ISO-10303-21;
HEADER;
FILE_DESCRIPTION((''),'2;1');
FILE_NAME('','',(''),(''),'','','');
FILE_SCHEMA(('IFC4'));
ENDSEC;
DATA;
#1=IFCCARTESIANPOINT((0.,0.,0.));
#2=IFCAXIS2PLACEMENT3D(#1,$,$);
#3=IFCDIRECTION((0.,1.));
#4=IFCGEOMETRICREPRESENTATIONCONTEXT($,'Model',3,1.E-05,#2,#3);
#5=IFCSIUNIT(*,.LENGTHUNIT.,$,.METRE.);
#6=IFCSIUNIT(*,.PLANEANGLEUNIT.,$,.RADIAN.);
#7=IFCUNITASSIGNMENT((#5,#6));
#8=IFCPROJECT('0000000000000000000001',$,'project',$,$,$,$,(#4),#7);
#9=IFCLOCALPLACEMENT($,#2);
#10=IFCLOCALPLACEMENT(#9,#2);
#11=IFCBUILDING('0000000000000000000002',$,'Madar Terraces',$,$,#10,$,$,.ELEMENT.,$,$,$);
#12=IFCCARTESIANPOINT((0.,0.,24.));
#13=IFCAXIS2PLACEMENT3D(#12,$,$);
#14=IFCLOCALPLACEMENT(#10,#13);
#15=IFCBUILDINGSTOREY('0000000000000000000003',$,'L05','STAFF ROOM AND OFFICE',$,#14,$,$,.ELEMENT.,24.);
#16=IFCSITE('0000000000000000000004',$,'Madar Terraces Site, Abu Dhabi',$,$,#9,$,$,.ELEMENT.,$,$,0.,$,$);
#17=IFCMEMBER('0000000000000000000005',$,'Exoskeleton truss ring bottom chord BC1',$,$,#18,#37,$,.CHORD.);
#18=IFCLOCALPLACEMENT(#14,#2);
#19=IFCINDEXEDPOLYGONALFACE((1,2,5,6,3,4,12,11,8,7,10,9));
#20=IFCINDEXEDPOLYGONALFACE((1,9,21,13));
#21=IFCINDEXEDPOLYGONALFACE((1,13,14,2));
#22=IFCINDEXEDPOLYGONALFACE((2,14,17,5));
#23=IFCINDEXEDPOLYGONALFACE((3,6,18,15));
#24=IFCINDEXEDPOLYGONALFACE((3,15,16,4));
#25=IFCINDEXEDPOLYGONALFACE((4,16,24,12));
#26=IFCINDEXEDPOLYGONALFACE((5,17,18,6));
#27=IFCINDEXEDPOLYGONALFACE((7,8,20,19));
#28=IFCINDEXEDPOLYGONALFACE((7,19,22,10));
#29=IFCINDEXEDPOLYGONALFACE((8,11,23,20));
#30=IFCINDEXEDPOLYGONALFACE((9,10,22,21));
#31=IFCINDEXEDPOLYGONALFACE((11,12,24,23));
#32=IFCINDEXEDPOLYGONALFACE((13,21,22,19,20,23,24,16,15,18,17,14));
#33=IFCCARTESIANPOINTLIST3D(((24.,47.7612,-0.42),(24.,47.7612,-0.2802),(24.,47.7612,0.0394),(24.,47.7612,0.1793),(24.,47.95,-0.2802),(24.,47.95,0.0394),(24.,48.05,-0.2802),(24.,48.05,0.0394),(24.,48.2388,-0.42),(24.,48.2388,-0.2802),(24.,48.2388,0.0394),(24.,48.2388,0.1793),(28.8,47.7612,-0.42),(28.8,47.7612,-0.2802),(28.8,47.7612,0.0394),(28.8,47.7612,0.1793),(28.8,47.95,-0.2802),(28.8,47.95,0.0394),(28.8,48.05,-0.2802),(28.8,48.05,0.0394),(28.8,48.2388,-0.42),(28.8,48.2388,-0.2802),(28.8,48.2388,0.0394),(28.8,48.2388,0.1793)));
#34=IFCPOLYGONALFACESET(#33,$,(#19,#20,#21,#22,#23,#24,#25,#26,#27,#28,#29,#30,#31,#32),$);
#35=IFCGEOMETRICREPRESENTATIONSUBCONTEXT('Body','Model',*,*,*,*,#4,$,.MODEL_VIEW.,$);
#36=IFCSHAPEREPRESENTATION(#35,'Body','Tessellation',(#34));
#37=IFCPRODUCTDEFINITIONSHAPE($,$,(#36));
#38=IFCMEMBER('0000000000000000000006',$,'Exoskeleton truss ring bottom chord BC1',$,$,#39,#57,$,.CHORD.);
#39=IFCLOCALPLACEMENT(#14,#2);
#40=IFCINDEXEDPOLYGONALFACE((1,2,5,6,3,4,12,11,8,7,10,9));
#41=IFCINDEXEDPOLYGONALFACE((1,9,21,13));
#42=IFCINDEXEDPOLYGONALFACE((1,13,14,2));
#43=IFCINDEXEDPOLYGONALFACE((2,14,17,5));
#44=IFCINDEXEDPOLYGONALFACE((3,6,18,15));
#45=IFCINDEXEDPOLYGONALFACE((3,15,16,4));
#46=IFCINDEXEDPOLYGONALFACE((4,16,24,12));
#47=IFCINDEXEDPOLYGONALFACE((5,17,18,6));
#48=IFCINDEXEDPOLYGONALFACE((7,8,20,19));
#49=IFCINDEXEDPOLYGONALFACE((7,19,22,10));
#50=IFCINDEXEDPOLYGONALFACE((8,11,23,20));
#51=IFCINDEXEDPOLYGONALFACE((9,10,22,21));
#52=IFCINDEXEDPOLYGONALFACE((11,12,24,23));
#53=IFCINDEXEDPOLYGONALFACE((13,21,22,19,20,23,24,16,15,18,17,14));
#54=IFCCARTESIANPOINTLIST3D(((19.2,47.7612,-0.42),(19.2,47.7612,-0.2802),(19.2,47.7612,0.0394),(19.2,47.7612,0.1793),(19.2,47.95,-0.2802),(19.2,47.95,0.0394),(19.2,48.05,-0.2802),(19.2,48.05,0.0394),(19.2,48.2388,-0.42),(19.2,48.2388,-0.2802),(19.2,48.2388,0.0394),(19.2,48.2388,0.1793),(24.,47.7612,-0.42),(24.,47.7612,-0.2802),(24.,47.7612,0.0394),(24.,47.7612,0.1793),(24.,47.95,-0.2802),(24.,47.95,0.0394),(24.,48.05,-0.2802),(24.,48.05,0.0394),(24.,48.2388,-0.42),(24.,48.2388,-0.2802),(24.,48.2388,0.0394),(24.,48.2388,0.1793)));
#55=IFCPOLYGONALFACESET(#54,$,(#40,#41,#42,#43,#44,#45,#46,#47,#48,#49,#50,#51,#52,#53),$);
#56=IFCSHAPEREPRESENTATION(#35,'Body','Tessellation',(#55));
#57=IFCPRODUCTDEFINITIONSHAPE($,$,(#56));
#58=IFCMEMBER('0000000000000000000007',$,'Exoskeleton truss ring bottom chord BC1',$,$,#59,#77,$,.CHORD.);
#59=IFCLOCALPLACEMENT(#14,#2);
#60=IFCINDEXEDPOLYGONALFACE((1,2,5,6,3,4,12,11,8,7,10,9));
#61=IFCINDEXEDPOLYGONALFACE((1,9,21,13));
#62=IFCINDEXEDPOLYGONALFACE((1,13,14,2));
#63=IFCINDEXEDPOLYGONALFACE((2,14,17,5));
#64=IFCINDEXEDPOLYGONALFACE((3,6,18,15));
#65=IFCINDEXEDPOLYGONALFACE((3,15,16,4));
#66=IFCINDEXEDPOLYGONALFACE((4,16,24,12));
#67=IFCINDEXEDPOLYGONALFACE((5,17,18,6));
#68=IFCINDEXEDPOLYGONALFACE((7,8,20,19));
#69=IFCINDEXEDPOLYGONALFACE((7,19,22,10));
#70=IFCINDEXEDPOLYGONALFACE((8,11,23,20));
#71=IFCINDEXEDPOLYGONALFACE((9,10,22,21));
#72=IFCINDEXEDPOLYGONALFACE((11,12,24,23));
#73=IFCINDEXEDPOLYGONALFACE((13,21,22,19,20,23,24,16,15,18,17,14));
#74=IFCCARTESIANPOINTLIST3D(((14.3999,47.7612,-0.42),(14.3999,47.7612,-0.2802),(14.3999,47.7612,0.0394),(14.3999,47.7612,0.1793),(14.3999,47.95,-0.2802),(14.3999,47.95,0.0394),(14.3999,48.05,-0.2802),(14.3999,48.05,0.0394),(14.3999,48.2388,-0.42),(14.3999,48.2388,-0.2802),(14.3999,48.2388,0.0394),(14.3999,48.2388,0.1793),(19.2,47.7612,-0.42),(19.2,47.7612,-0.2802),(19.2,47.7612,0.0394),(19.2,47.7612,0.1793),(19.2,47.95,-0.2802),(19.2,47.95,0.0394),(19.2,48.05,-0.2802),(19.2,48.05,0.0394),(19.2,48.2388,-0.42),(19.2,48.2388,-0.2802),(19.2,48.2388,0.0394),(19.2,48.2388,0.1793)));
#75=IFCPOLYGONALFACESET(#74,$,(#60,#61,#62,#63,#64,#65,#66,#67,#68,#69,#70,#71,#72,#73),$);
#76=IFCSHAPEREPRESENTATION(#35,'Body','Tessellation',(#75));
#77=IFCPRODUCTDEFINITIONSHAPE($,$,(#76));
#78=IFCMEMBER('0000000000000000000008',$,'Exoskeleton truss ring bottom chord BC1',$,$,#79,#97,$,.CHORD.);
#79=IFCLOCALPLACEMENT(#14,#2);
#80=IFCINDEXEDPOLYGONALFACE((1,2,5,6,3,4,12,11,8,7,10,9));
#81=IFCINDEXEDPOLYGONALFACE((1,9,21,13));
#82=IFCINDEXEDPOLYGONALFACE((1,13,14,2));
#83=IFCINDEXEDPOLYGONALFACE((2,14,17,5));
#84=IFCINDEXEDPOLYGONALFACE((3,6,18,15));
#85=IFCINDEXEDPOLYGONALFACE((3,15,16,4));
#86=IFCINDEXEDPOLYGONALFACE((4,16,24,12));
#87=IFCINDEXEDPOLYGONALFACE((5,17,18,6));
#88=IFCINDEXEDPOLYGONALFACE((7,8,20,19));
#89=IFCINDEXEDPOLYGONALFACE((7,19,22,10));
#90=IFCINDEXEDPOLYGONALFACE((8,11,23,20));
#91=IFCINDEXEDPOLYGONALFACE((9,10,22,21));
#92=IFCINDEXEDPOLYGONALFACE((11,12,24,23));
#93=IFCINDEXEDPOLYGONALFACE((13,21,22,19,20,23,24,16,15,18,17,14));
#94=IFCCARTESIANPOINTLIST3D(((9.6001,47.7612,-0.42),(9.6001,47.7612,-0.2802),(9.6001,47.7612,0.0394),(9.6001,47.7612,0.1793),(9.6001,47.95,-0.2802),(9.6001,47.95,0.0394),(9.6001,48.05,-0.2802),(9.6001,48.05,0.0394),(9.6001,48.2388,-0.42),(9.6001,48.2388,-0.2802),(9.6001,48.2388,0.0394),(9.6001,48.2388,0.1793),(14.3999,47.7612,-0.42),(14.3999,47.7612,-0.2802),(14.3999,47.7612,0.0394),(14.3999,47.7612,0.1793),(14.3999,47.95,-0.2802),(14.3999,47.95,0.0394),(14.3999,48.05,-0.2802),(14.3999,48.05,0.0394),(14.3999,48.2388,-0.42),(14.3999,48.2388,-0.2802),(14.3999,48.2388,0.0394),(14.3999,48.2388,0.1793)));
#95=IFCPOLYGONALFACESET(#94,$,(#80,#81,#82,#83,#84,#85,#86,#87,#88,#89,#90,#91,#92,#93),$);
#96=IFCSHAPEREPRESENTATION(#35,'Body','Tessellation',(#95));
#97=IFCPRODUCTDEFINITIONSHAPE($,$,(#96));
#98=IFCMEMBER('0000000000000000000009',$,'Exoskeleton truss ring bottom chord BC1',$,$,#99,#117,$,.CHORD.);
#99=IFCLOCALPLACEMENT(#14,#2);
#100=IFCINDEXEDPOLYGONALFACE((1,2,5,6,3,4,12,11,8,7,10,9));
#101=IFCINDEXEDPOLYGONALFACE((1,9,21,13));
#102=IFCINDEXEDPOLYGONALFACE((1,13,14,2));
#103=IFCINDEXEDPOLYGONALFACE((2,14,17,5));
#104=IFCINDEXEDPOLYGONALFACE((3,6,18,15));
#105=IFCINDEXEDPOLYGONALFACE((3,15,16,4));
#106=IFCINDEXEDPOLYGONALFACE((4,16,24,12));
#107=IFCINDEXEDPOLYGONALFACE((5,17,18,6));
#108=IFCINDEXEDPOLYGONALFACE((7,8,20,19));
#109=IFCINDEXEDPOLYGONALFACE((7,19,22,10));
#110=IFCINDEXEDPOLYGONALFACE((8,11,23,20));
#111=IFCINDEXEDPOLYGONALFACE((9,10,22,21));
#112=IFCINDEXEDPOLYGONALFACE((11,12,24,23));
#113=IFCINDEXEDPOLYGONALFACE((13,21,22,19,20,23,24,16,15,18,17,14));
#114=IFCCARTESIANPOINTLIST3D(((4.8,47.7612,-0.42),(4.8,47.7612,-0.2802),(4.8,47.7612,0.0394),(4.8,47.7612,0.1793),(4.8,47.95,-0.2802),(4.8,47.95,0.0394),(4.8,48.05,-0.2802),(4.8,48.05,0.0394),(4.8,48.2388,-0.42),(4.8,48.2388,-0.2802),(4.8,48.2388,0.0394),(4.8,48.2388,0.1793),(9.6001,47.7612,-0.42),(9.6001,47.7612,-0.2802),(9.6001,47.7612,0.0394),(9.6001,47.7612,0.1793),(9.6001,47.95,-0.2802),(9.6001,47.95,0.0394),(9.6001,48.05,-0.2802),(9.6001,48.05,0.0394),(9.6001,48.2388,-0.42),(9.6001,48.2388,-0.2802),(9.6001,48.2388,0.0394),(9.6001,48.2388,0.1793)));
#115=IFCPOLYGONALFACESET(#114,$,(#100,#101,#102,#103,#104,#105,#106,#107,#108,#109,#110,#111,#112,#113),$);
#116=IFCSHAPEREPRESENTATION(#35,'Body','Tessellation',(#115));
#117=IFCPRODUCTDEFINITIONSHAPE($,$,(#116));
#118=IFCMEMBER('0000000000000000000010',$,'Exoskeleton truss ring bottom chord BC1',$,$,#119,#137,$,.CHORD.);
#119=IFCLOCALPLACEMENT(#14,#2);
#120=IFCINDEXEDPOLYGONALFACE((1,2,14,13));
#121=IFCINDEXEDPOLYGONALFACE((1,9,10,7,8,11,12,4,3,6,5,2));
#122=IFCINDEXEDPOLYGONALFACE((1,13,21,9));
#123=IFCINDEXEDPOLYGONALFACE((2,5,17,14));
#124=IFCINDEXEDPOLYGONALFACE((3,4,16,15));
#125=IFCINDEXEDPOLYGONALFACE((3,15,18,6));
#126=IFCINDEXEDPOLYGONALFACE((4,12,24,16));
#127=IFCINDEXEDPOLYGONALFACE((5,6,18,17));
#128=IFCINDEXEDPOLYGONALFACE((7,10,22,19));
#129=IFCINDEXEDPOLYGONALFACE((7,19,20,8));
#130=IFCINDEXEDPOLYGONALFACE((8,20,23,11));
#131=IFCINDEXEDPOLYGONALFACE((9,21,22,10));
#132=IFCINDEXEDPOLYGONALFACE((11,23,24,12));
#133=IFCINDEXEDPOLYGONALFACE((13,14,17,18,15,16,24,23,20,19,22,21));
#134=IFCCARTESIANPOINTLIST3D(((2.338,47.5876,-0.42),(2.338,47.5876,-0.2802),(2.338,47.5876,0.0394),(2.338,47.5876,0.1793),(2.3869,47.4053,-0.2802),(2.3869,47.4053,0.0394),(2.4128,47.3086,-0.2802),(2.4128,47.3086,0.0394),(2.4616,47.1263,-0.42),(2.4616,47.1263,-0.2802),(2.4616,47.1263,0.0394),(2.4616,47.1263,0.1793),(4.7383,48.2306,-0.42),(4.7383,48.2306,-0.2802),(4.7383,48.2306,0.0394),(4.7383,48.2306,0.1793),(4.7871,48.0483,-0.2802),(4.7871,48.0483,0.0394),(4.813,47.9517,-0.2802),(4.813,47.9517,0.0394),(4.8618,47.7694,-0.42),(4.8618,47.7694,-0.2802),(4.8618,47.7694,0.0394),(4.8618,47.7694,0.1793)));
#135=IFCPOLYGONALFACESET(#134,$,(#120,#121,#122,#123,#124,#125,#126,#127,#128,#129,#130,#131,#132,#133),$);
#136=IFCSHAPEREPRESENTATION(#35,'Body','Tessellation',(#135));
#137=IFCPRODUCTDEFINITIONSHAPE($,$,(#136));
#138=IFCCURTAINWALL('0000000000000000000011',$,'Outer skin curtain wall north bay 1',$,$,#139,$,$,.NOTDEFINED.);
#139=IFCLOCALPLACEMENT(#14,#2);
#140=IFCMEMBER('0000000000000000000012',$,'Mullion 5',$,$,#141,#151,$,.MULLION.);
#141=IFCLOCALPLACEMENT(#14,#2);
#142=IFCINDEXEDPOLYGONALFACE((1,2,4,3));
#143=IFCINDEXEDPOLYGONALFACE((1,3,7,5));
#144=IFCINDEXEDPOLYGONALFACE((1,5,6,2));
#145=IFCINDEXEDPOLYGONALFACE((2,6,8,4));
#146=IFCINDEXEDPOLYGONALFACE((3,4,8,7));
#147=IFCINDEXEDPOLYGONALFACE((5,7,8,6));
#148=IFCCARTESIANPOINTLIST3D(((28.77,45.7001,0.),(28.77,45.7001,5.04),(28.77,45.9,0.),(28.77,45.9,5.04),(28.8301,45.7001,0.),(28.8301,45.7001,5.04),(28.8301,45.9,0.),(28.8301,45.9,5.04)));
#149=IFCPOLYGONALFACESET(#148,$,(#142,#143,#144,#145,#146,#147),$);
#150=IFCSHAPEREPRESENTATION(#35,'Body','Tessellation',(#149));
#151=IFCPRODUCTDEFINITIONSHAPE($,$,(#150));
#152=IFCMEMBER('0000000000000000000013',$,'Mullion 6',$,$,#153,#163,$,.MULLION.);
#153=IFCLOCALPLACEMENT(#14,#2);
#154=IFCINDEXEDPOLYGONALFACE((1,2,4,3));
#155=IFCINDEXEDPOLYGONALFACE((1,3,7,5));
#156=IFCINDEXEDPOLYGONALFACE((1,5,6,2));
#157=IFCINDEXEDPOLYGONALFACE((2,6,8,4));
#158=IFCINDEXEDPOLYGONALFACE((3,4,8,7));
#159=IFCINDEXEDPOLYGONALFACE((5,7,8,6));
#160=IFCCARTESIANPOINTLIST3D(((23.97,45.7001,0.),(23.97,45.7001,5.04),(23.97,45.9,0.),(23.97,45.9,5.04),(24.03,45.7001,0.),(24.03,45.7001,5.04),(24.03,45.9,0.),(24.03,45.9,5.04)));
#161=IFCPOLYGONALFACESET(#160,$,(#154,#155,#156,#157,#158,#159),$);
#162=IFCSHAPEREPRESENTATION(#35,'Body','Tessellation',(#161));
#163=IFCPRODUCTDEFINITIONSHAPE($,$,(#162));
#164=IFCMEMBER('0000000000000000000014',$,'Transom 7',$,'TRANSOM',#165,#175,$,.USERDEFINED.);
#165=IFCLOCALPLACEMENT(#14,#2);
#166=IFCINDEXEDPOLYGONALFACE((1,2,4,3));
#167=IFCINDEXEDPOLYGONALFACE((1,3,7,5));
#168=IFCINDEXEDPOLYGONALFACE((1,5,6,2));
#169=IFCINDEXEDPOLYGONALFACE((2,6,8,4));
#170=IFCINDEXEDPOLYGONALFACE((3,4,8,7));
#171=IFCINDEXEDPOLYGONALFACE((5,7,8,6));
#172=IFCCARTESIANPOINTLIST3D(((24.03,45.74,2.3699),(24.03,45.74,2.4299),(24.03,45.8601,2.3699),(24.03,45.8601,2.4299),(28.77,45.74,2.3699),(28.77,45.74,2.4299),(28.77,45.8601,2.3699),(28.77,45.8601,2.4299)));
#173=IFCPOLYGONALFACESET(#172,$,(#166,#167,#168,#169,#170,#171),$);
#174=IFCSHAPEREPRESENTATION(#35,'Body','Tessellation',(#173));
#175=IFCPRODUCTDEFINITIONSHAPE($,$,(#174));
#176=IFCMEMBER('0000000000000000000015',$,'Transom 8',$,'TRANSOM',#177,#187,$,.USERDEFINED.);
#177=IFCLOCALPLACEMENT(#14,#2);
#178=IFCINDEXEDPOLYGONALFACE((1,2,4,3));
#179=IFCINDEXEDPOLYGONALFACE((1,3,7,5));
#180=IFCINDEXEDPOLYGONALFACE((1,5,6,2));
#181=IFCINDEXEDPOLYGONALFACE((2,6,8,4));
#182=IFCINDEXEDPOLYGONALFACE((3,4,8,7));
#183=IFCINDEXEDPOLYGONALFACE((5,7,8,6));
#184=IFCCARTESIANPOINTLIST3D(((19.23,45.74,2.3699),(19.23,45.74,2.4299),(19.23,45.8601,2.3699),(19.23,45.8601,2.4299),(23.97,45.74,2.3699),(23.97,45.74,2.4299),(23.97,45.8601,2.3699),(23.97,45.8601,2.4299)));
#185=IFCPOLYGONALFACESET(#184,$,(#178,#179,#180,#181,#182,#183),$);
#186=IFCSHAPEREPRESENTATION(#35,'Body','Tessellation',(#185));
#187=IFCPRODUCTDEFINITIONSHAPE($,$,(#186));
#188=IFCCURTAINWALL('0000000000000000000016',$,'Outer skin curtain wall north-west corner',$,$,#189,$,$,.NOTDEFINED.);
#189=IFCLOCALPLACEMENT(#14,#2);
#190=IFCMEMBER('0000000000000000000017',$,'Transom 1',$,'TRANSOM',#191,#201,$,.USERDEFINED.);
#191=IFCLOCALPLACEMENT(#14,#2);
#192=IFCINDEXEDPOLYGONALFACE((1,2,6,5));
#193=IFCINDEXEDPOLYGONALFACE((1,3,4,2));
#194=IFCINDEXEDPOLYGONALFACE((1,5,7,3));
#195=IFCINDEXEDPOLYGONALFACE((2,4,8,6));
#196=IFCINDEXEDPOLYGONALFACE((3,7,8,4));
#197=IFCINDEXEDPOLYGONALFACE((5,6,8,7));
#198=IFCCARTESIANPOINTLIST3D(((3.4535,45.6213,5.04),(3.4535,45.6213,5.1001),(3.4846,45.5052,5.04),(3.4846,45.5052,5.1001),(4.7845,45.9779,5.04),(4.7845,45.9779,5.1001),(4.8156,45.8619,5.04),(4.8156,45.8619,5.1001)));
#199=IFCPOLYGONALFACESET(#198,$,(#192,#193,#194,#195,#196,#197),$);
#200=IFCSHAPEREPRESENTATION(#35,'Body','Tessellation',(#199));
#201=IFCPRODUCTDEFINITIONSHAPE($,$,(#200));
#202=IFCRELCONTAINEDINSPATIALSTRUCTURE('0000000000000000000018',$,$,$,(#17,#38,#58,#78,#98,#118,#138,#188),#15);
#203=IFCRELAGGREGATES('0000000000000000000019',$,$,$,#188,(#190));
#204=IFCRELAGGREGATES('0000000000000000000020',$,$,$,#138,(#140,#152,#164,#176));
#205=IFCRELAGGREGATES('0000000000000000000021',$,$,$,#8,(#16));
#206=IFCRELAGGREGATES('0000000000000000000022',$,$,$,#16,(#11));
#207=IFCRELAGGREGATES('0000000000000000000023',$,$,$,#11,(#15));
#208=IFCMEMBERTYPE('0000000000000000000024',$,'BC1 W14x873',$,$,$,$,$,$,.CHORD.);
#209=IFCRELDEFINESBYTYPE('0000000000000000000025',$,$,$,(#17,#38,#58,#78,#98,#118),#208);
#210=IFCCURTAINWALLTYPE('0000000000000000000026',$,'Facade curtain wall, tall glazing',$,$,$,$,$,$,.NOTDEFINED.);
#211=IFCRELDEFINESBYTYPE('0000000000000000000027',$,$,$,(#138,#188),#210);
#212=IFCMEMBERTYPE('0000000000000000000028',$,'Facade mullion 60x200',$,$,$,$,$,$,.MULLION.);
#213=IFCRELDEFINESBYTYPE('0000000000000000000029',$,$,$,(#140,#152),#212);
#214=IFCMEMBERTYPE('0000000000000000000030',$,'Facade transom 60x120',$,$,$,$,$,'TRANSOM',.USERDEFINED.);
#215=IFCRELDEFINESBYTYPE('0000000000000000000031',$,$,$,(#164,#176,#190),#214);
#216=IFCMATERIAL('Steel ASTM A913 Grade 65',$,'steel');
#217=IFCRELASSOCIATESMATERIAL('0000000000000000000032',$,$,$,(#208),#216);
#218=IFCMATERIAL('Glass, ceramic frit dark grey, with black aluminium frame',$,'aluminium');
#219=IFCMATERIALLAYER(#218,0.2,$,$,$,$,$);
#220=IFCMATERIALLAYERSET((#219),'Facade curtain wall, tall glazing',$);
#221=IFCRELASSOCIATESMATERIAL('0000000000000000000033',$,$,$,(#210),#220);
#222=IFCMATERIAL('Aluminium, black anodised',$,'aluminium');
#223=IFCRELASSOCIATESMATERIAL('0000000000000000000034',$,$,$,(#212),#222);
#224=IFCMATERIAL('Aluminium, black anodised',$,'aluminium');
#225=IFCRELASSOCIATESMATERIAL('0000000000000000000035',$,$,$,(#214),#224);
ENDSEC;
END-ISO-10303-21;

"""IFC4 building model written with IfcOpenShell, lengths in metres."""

from ifc_helpers import new_model, si_unit, direction, frame, origin, origin_2d, place, context, subcontext, project, spatial, rectangle, i_section, extrude, material, layer, layer_set, material_profile, profile_set, type_object, element, aggregate, save


model = new_model("IFC4")

# Units and contexts
model_context = context("Model", 3, precision=1e-05, world=origin(), true_north=direction((0.0, 1.0)))
body_context = subcontext(model_context, "Body", "Model", "MODEL_VIEW")
ifc_project = project(units=[si_unit("LENGTHUNIT", "METRE"), si_unit("PLANEANGLEUNIT", "RADIAN")], contexts=[model_context])

# Site, building, storey
site_placement = place(None, origin())
site = spatial("IfcSite", under=ifc_project, at=site_placement, Name="Madar Terraces Site, Abu Dhabi", CompositionType="ELEMENT", RefElevation=0.0)
building_placement = place(site_placement, origin())
building = spatial("IfcBuilding", under=site, at=building_placement, Name="Madar Terraces", CompositionType="ELEMENT")
storey_placement = place(building_placement, frame((0.0, 0.0, 24.0)))
storey = spatial("IfcBuildingStorey", under=building, at=storey_placement, Name="L05", Description="STAFF ROOM AND OFFICE", CompositionType="ELEMENT", Elevation=24.0)

# Members
ifc_material_1 = material(Name="Steel ASTM A913 Grade 65", Category="steel")
ifc_material_profile_1 = material_profile(ifc_material_1, i_section(OverallWidth=0.4775, OverallDepth=0.5994, WebThickness=0.1001, FlangeThickness=0.1399, at=origin_2d()), Name="W14x873")
ifc_profile_set_1 = profile_set([ifc_material_profile_1], Name="Steel ASTM A913 Grade 65")
member_type_1 = type_object("IfcMemberType", Name="BC1 W14x873", PredefinedType="CHORD", material=ifc_profile_set_1)
for number, where, z_axis, x_axis, name in (
    (1, (28.8, 48.0, -0.1204), (-1.0, 0.0, 0.0), (0.0, -1.0, 0.0), "Exoskeleton truss ring bottom chord BC1"),
    (2, (24.0, 48.0, -0.1204), (-1.0, 0.0, 0.0), (0.0, -1.0, 0.0), "Exoskeleton truss ring bottom chord BC1"),
    (3, (19.2, 48.0, -0.1204), (-1.0, 0.0, 0.0), (0.0, -1.0, 0.0), "Exoskeleton truss ring bottom chord BC1"),
):
    element("IfcMember", number, at=place(storey_placement, frame(where, z_axis=z_axis, x_axis=x_axis)), inside=storey, type_object=member_type_1, Name=name, PredefinedType="CHORD", context=body_context, shape_type="SweptSolid", body=[
        extrude(i_section(OverallWidth=0.4775, OverallDepth=0.5994, WebThickness=0.1001, FlangeThickness=0.1399, at=origin_2d()), origin(), (0.0, 0.0, 1.0), 4.8),
    ])
member_1_placement = place(storey_placement, frame((14.3999, 48.0, -0.1204), z_axis=(-1.0, 0.0, 0.0), x_axis=(0.0, -1.0, 0.0)))
element("IfcMember", 4, at=member_1_placement, inside=storey, type_object=member_type_1, Name="Exoskeleton truss ring bottom chord BC1", PredefinedType="CHORD", context=body_context, shape_type="SweptSolid", body=[
    extrude(i_section(OverallWidth=0.4775, OverallDepth=0.5994, WebThickness=0.1001, FlangeThickness=0.1399, at=origin_2d()), origin(), (0.0, 0.0, 1.0), 4.7998),
])
member_2_placement = place(storey_placement, frame((9.6001, 48.0, -0.1204), z_axis=(-1.0, 0.0, 0.0), x_axis=(0.0, -1.0, 0.0)))
element("IfcMember", 5, at=member_2_placement, inside=storey, type_object=member_type_1, Name="Exoskeleton truss ring bottom chord BC1", PredefinedType="CHORD", context=body_context, shape_type="SweptSolid", body=[
    extrude(i_section(OverallWidth=0.4775, OverallDepth=0.5994, WebThickness=0.1001, FlangeThickness=0.1399, at=origin_2d()), origin(), (0.0, 0.0, 1.0), 4.8),
])
member_3_placement = place(storey_placement, frame((4.8, 48.0, -0.1204), z_axis=(-0.965931, -0.2588, 0.0), x_axis=(0.2588, -0.965931, 0.0)))
element("IfcMember", 6, at=member_3_placement, inside=storey, type_object=member_type_1, Name="Exoskeleton truss ring bottom chord BC1", PredefinedType="CHORD", context=body_context, shape_type="SweptSolid", body=[
    extrude(i_section(OverallWidth=0.4775, OverallDepth=0.5994, WebThickness=0.1001, FlangeThickness=0.1399, at=origin_2d()), origin(), (0.0, 0.0, 1.0), 2.4849),
])

# Curtain walls, members
ifc_material_2 = material(Name="Glass, ceramic frit dark grey, with black aluminium frame", Category="aluminium")
ifc_layer_1 = layer(ifc_material_2, 0.2)
ifc_layer_set_1 = layer_set([ifc_layer_1], Name="Facade curtain wall, tall glazing")
curtain_wall_type = type_object("IfcCurtainWallType", Name="Facade curtain wall, tall glazing", PredefinedType="NOTDEFINED", material=ifc_layer_set_1)
curtain_wall_1_placement = place(storey_placement, origin())
curtain_wall_1 = element("IfcCurtainWall", 7, at=curtain_wall_1_placement, inside=storey, type_object=curtain_wall_type, Name="Outer skin curtain wall north bay 1", PredefinedType="NOTDEFINED")
ifc_material_3 = material(Name="Aluminium, black anodised", Category="aluminium")
ifc_material_profile_2 = material_profile(ifc_material_3, rectangle(XDim=0.2, YDim=0.0601, at=origin_2d()), Name="Facade mullion 60x200")
ifc_profile_set_2 = profile_set([ifc_material_profile_2], Name="Aluminium, black anodised")
member_type_2 = type_object("IfcMemberType", Name="Facade mullion 60x200", PredefinedType="MULLION", material=ifc_profile_set_2)
member_4_placement = place(storey_placement, frame((28.8, 45.8, 0.0), z_axis=(0.0, 0.0, 1.0), x_axis=(0.0, -1.0, 0.0)))
member_4 = element("IfcMember", 8, at=member_4_placement, type_object=member_type_2, Name="Mullion 5", PredefinedType="MULLION", context=body_context, shape_type="SweptSolid", body=[
    extrude(rectangle(XDim=0.2, YDim=0.0601, at=origin_2d()), origin(), (0.0, 0.0, 1.0), 5.04),
])
member_5_placement = place(storey_placement, frame((24.0, 45.8, 0.0), z_axis=(0.0, 0.0, 1.0), x_axis=(0.0, -1.0, 0.0)))
member_5 = element("IfcMember", 9, at=member_5_placement, type_object=member_type_2, Name="Mullion 6", PredefinedType="MULLION", context=body_context, shape_type="SweptSolid", body=[
    extrude(rectangle(XDim=0.2, YDim=0.0601, at=origin_2d()), origin(), (0.0, 0.0, 1.0), 5.04),
])
ifc_material_4 = material(Name="Aluminium, black anodised", Category="aluminium")
ifc_material_profile_3 = material_profile(ifc_material_4, rectangle(XDim=0.1201, YDim=0.0601, at=origin_2d()), Name="Facade transom 60x120")
ifc_profile_set_3 = profile_set([ifc_material_profile_3], Name="Aluminium, black anodised")
member_type_3 = type_object("IfcMemberType", Name="Facade transom 60x120", ElementType="TRANSOM", PredefinedType="USERDEFINED", material=ifc_profile_set_3)
member_6_placement = place(storey_placement, frame((28.77, 45.8, 2.3999), z_axis=(-1.0, 0.0, 0.0), x_axis=(0.0, -1.0, 0.0)))
member_6 = element("IfcMember", 10, at=member_6_placement, type_object=member_type_3, Name="Transom 7", ObjectType="TRANSOM", PredefinedType="USERDEFINED", context=body_context, shape_type="SweptSolid", body=[
    extrude(rectangle(XDim=0.1201, YDim=0.0601, at=origin_2d()), origin(), (0.0, 0.0, 1.0), 4.74),
])
member_7_placement = place(storey_placement, frame((23.97, 45.8, 2.3999), z_axis=(-1.0, 0.0, 0.0), x_axis=(0.0, -1.0, 0.0)))
member_7 = element("IfcMember", 11, at=member_7_placement, type_object=member_type_3, Name="Transom 8", ObjectType="TRANSOM", PredefinedType="USERDEFINED", context=body_context, shape_type="SweptSolid", body=[
    extrude(rectangle(XDim=0.1201, YDim=0.0601, at=origin_2d()), origin(), (0.0, 0.0, 1.0), 4.74),
])
curtain_wall_2_placement = place(storey_placement, origin())
curtain_wall_2 = element("IfcCurtainWall", 12, at=curtain_wall_2_placement, inside=storey, type_object=curtain_wall_type, Name="Outer skin curtain wall north-west corner", PredefinedType="NOTDEFINED")
member_8_placement = place(storey_placement, frame((4.8, 45.9199, 5.0701), z_axis=(-0.96592, -0.258842, 0.0), x_axis=(0.258842, -0.96592, 0.0)))
member_8 = element("IfcMember", 13, at=member_8_placement, type_object=member_type_3, Name="Transom 1", ObjectType="TRANSOM", PredefinedType="USERDEFINED", context=body_context, shape_type="SweptSolid", body=[
    extrude(rectangle(XDim=0.1201, YDim=0.0601, at=origin_2d()), origin(), (0.0, 0.0, 1.0), 1.3779),
])
aggregate(curtain_wall_2, [member_8])

aggregate(curtain_wall_1, [member_4, member_5, member_6, member_7])

save(model, "model.ifc")
